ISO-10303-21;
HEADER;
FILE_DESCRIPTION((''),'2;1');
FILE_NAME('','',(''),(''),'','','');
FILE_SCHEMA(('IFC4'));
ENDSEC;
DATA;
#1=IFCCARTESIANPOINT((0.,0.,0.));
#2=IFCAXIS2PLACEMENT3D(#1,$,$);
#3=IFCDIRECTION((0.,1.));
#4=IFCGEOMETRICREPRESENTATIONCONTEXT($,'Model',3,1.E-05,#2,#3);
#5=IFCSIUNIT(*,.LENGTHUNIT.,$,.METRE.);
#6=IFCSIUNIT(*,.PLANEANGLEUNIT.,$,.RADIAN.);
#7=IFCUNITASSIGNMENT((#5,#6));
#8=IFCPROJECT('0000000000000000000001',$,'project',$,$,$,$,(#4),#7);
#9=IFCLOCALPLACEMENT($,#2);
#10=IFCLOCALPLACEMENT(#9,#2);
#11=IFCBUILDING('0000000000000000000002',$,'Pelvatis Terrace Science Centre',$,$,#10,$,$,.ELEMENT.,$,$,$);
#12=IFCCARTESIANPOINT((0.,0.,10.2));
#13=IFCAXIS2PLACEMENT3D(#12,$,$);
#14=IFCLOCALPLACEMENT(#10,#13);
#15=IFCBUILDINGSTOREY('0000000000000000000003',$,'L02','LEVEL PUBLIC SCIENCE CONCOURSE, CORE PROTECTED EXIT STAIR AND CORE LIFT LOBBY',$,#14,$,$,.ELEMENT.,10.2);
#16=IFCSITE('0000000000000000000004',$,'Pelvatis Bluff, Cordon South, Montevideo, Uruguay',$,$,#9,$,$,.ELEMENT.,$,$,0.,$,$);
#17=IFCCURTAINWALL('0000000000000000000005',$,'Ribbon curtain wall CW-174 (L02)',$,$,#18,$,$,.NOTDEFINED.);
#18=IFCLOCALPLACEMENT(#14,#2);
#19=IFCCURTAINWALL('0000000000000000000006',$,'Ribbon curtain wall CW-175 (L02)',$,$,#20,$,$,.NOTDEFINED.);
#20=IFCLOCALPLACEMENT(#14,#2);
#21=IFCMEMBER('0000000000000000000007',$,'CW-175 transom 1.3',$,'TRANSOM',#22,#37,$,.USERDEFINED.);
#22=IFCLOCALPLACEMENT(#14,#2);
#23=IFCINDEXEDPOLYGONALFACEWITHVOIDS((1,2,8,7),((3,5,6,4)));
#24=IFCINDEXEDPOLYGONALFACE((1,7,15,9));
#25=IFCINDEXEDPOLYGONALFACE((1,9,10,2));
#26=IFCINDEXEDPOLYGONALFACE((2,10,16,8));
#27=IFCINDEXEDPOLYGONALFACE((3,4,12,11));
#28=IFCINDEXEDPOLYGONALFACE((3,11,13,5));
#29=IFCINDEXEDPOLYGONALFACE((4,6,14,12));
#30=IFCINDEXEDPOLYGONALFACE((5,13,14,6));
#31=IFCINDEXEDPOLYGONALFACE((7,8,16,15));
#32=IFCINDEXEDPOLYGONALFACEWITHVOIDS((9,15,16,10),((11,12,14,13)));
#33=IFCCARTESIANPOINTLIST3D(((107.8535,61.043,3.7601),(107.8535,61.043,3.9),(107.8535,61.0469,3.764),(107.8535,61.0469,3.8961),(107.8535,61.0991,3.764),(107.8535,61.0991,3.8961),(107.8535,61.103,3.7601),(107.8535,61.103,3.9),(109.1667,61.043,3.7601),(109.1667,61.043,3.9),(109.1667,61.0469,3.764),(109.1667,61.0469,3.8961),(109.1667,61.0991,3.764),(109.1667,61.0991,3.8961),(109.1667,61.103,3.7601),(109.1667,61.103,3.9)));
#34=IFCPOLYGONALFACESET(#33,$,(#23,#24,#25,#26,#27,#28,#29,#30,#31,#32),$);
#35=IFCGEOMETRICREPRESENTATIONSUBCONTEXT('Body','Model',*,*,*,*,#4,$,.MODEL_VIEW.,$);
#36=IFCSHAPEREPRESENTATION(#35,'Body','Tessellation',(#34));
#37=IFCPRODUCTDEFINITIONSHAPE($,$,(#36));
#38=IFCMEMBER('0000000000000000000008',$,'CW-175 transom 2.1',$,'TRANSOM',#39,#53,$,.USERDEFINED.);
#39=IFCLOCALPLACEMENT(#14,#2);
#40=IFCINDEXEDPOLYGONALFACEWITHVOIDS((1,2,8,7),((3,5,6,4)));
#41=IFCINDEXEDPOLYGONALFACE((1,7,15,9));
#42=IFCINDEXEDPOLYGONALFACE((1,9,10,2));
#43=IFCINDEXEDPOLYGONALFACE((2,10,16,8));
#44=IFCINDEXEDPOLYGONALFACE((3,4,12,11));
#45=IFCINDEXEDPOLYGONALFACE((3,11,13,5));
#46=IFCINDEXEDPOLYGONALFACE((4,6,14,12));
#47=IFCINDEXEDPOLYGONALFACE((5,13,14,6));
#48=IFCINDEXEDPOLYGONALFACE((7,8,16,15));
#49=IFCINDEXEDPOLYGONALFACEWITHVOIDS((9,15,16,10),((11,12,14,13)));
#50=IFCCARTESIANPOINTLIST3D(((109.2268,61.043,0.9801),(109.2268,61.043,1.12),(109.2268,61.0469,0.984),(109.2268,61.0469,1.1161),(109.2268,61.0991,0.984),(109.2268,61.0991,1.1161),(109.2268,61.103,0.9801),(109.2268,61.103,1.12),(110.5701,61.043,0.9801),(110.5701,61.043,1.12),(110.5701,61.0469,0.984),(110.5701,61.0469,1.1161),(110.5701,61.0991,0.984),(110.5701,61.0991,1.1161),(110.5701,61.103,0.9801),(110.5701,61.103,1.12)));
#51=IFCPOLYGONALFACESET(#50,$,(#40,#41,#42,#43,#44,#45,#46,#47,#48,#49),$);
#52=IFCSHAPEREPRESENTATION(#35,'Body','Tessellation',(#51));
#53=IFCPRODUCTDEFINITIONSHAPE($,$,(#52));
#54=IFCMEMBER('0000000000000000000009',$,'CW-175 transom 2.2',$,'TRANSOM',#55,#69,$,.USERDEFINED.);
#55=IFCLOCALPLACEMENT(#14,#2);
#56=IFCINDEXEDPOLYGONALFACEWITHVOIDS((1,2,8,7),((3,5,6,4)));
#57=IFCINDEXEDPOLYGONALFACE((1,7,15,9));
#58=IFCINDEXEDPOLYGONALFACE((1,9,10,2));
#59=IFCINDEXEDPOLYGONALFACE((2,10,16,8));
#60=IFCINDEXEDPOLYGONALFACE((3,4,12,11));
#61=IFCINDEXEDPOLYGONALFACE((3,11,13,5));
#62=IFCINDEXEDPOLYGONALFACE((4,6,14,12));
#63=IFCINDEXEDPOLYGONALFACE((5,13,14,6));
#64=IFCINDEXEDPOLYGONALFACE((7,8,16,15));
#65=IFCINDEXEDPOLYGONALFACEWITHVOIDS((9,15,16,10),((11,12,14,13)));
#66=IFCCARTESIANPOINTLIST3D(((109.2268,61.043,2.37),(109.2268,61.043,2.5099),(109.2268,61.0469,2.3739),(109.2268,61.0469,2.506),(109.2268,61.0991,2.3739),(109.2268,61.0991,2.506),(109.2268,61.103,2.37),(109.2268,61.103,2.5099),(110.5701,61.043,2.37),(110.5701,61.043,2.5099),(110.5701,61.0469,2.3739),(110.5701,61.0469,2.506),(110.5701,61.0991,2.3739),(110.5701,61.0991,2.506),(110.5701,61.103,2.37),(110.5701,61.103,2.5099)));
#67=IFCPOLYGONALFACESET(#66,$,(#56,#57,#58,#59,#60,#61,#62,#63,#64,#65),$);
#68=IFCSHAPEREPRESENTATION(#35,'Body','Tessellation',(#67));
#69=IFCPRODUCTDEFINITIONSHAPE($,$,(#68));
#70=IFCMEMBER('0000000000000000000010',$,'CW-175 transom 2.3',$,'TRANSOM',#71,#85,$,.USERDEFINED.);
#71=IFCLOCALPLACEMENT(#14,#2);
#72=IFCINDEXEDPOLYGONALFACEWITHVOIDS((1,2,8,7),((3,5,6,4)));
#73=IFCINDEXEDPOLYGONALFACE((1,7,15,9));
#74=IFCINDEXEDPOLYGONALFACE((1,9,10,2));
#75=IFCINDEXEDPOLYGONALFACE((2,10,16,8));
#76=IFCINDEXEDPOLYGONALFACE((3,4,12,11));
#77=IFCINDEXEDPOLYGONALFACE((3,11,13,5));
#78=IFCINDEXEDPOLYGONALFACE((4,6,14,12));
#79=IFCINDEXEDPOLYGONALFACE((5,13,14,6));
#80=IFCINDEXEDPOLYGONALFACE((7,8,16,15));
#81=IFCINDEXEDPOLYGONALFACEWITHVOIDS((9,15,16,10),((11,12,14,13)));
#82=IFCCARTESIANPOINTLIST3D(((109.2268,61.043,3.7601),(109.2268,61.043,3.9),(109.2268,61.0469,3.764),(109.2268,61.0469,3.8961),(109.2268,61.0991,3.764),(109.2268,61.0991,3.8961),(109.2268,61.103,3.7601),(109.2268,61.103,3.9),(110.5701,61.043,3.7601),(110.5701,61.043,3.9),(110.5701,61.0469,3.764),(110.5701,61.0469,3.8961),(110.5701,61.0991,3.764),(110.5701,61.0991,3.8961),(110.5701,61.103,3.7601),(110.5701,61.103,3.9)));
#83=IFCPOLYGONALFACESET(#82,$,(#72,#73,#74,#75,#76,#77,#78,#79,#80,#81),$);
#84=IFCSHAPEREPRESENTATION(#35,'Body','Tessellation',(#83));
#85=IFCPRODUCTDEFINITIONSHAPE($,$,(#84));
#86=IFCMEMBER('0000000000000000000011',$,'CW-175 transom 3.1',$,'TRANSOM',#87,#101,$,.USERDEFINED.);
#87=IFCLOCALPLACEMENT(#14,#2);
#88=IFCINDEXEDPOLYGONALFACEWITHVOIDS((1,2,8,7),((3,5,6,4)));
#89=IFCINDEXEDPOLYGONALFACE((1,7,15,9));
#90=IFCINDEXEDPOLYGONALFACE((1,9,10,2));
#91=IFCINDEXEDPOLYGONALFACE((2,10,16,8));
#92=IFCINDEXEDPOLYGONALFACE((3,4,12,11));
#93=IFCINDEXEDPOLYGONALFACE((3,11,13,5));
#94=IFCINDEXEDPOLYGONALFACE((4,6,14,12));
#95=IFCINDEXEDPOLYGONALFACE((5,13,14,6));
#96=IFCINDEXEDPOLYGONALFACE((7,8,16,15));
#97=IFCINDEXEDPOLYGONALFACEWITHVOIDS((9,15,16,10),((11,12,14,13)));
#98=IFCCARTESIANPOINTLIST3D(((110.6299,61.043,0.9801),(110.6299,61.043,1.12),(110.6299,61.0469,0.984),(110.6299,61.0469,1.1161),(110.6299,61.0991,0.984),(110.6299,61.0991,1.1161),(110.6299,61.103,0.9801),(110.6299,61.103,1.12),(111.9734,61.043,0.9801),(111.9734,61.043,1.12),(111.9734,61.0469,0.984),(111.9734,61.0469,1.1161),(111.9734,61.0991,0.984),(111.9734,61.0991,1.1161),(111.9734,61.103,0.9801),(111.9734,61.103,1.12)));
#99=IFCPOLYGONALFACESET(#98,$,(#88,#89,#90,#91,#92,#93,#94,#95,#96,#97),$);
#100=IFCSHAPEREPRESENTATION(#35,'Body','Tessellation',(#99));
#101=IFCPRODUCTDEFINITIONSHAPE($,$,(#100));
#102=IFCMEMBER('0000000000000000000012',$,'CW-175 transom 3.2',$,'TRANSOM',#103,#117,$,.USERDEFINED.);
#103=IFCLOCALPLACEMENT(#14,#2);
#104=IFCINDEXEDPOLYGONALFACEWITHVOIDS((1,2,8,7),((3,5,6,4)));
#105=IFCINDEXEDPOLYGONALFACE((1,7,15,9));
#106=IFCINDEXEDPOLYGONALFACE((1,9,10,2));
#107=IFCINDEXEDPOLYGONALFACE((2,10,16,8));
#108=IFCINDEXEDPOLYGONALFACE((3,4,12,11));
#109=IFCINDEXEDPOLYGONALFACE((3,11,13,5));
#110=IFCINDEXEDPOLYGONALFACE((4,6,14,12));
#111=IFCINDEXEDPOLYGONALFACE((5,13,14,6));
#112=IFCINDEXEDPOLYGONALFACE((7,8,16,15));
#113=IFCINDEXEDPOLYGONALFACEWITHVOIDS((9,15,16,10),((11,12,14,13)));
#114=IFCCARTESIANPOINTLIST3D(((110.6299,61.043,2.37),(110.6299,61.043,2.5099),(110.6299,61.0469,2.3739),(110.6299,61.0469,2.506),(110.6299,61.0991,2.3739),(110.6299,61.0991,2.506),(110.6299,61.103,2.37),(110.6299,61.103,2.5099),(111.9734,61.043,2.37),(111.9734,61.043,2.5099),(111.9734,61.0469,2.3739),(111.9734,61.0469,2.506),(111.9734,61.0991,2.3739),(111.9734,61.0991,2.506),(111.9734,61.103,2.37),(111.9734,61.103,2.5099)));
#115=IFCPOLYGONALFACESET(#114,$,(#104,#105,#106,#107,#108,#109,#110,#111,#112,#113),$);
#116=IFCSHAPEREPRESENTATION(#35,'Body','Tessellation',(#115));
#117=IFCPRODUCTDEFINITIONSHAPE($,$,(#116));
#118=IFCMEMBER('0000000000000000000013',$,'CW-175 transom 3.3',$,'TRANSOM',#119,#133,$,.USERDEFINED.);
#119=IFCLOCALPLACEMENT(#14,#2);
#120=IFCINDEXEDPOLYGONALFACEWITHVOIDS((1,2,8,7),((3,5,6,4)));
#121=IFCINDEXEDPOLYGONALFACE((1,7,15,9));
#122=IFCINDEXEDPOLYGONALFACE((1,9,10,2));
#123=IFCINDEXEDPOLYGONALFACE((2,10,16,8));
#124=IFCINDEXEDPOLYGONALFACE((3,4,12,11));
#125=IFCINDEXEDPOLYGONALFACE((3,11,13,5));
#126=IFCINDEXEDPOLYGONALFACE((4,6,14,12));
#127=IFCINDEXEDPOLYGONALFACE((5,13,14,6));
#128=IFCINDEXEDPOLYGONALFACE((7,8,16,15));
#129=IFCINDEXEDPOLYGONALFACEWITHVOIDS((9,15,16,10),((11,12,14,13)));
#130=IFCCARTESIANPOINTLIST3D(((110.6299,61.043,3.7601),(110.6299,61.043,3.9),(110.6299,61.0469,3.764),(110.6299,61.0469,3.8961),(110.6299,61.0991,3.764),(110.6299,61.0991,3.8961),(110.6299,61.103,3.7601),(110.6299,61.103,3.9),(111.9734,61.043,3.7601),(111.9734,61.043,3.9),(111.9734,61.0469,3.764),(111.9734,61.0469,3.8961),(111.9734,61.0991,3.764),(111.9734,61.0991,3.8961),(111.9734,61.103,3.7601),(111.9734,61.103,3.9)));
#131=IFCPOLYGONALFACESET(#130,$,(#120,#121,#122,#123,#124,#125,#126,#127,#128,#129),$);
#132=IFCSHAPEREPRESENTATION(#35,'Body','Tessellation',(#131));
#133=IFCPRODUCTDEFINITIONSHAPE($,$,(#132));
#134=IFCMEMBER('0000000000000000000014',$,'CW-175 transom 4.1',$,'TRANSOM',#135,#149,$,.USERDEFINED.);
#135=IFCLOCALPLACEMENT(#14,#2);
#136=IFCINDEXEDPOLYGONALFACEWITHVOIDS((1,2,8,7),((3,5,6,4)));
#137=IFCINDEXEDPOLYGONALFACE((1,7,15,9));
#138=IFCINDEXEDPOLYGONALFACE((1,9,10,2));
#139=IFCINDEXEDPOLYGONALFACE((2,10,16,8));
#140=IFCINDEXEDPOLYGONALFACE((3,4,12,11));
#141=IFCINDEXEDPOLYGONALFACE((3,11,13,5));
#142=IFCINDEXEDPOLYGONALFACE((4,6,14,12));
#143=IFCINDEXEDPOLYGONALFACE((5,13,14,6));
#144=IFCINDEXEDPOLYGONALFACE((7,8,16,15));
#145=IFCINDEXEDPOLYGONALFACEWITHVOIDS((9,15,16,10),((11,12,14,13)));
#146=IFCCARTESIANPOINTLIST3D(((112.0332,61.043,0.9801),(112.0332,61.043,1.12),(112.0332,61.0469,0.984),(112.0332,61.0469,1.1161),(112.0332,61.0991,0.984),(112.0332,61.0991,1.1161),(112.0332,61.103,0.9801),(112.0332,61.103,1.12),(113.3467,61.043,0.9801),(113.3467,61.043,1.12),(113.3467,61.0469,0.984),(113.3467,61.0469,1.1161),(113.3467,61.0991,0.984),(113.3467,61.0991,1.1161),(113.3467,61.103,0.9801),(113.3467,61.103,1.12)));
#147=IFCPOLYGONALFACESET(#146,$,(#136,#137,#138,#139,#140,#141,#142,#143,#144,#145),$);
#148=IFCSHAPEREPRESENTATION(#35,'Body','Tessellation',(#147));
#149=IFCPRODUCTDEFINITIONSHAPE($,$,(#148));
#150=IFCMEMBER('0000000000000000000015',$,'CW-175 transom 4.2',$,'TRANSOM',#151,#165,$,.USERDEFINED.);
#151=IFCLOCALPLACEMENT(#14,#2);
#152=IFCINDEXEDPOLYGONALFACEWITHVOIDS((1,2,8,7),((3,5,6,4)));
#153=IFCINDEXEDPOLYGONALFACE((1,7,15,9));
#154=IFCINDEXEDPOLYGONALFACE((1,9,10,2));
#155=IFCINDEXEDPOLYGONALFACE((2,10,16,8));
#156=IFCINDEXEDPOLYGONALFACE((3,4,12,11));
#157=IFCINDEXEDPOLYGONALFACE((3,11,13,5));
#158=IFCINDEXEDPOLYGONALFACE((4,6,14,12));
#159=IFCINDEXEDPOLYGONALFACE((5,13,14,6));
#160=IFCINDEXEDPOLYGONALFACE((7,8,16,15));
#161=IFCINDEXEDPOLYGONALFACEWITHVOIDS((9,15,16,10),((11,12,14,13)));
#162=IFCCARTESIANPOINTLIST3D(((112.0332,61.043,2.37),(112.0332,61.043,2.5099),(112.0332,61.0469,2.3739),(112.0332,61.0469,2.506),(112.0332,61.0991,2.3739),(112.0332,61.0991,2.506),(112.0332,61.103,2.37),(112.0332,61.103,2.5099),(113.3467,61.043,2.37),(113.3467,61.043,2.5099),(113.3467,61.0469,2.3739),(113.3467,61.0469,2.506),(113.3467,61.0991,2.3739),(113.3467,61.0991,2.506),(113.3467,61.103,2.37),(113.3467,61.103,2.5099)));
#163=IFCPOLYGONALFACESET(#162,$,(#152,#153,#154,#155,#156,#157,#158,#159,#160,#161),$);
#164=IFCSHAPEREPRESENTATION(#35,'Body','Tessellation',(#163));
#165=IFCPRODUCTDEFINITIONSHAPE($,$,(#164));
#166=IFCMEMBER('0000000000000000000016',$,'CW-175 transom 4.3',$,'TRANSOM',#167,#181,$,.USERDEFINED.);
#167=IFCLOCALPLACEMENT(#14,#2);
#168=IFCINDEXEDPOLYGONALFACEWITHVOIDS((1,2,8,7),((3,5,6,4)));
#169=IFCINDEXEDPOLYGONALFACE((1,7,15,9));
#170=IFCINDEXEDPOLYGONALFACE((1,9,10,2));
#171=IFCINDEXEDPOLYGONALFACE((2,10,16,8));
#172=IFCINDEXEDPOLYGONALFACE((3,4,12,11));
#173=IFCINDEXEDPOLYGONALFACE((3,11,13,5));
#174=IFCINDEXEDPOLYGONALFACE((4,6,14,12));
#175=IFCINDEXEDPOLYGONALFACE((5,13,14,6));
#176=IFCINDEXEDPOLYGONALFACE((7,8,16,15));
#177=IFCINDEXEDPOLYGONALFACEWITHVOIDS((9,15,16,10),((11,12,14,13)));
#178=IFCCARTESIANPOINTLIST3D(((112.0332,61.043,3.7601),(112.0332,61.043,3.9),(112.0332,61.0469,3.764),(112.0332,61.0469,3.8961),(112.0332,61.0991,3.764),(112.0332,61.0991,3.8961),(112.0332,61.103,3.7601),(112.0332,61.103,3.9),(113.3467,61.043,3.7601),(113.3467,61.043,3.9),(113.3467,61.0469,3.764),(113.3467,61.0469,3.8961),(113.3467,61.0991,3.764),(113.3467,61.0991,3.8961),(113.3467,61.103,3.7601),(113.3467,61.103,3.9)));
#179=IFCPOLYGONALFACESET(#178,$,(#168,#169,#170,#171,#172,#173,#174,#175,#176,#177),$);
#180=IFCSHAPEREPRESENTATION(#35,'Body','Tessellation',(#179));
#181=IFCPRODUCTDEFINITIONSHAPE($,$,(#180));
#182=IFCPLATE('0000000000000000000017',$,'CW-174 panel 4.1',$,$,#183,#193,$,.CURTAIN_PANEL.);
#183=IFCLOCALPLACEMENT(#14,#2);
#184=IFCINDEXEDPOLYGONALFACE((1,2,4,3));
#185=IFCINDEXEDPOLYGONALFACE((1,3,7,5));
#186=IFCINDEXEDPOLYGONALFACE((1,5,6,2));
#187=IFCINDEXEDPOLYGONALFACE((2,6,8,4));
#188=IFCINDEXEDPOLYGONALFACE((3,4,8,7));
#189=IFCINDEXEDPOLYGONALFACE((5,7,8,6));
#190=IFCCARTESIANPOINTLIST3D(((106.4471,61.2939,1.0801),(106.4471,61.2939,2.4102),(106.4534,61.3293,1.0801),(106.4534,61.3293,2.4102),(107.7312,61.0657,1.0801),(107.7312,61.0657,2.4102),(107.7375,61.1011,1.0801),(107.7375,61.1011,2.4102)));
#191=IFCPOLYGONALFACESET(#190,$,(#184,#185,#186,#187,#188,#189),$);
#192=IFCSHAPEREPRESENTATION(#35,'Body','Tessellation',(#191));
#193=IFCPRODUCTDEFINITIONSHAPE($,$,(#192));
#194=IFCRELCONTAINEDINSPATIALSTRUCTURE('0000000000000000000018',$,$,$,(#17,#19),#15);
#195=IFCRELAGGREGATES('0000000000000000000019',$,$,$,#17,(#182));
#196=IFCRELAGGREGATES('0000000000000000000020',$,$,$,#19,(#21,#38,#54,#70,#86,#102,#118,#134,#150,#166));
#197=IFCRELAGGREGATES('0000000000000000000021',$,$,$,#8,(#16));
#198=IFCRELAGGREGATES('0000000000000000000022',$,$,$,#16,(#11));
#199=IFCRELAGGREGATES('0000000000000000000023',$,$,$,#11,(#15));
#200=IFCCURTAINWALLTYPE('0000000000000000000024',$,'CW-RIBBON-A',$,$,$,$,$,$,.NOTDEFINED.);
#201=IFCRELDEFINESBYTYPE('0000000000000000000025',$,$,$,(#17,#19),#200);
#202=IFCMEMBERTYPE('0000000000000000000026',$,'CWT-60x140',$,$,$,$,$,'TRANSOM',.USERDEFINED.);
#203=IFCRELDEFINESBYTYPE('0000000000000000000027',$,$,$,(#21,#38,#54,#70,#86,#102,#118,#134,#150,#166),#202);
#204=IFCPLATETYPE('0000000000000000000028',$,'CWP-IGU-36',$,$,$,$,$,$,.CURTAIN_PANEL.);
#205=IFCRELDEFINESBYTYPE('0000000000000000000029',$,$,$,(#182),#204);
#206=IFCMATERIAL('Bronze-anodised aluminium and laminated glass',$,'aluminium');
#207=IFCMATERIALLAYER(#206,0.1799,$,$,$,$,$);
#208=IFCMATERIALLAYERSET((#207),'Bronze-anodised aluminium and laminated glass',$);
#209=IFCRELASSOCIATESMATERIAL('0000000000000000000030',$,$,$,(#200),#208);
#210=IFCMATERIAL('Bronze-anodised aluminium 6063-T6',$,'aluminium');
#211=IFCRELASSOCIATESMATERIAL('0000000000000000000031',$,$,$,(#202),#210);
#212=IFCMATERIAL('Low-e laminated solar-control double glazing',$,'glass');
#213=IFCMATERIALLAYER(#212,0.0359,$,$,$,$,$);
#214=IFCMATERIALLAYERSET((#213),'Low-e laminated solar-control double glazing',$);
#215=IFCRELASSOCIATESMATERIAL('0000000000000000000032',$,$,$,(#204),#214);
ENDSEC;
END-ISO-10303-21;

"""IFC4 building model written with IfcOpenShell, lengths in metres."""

from ifc_helpers import new_model, si_unit, direction, frame, origin, origin_2d, place, context, subcontext, project, spatial, rectangle, hollow_rectangle, extrude, material, layer, layer_set, material_profile, profile_set, type_object, element, aggregate, save


model = new_model("IFC4")

# Units and contexts
model_context = context("Model", 3, precision=1e-05, world=origin(), true_north=direction((0.0, 1.0)))
body_context = subcontext(model_context, "Body", "Model", "MODEL_VIEW")
ifc_project = project(units=[si_unit("LENGTHUNIT", "METRE"), si_unit("PLANEANGLEUNIT", "RADIAN")], contexts=[model_context])

# Site, building, storey
site_placement = place(None, origin())
site = spatial("IfcSite", under=ifc_project, at=site_placement, Name="Pelvatis Bluff, Cordon South, Montevideo, Uruguay", CompositionType="ELEMENT", RefElevation=0.0)
building_placement = place(site_placement, origin())
building = spatial("IfcBuilding", under=site, at=building_placement, Name="Pelvatis Terrace Science Centre", CompositionType="ELEMENT")
storey_placement = place(building_placement, frame((0.0, 0.0, 10.2)))
storey = spatial("IfcBuildingStorey", under=building, at=storey_placement, Name="L02", Description="LEVEL PUBLIC SCIENCE CONCOURSE, CORE PROTECTED EXIT STAIR AND CORE LIFT LOBBY", CompositionType="ELEMENT", Elevation=10.2)

# Curtain wall
ifc_material_1 = material(Name="Bronze-anodised aluminium and laminated glass", Category="aluminium")
ifc_layer_1 = layer(ifc_material_1, 0.1799)
ifc_layer_set_1 = layer_set([ifc_layer_1], Name="Bronze-anodised aluminium and laminated glass")
curtain_wall_type = type_object("IfcCurtainWallType", Name="CW-RIBBON-A", PredefinedType="NOTDEFINED", material=ifc_layer_set_1)
curtain_wall_1_placement = place(storey_placement, origin())
curtain_wall_1 = element("IfcCurtainWall", 1, at=curtain_wall_1_placement, inside=storey, type_object=curtain_wall_type, Name="Ribbon curtain wall CW-174 (L02)", PredefinedType="NOTDEFINED")

# Curtain wall
curtain_wall_2_placement = place(storey_placement, origin())
curtain_wall_2 = element("IfcCurtainWall", 2, at=curtain_wall_2_placement, inside=storey, type_object=curtain_wall_type, Name="Ribbon curtain wall CW-175 (L02)", PredefinedType="NOTDEFINED")

# Members
ifc_material_2 = material(Name="Bronze-anodised aluminium 6063-T6", Category="aluminium")
ifc_material_profile_1 = material_profile(ifc_material_2, hollow_rectangle(XDim=0.0601, YDim=0.1399, WallThickness=0.0039, at=origin_2d()), Name="ALU-TRN 60x140")
ifc_profile_set_1 = profile_set([ifc_material_profile_1], Name="Bronze-anodised aluminium 6063-T6")
member_type_1 = type_object("IfcMemberType", Name="CWT-60x140", ElementType="TRANSOM", PredefinedType="USERDEFINED", material=ifc_profile_set_1)
member_1_placement = place(storey_placement, frame((107.8535, 61.073, 3.8301), z_axis=(1.0, 0.0, 0.0), x_axis=(0.0, 1.0, 0.0)))
member_1 = element("IfcMember", 3, at=member_1_placement, type_object=member_type_1, Name="CW-175 transom 1.3", ObjectType="TRANSOM", PredefinedType="USERDEFINED", context=body_context, shape_type="SweptSolid", body=[
    extrude(hollow_rectangle(XDim=0.0601, YDim=0.1399, WallThickness=0.0039, at=origin_2d()), origin(), (0.0, 0.0, 1.0), 1.3132),
])
member_2_placement = place(storey_placement, frame((109.2268, 61.073, 1.05), z_axis=(1.0, 0.0, 0.0), x_axis=(0.0, 1.0, 0.0)))
member_2 = element("IfcMember", 4, at=member_2_placement, type_object=member_type_1, Name="CW-175 transom 2.1", ObjectType="TRANSOM", PredefinedType="USERDEFINED", context=body_context, shape_type="SweptSolid", body=[
    extrude(hollow_rectangle(XDim=0.0601, YDim=0.1399, WallThickness=0.0039, at=origin_2d()), origin(), (0.0, 0.0, 1.0), 1.3433),
])
member_3_placement = place(storey_placement, frame((109.2268, 61.073, 2.4399), z_axis=(1.0, 0.0, 0.0), x_axis=(0.0, 1.0, 0.0)))
member_3 = element("IfcMember", 5, at=member_3_placement, type_object=member_type_1, Name="CW-175 transom 2.2", ObjectType="TRANSOM", PredefinedType="USERDEFINED", context=body_context, shape_type="SweptSolid", body=[
    extrude(hollow_rectangle(XDim=0.0601, YDim=0.1399, WallThickness=0.0039, at=origin_2d()), origin(), (0.0, 0.0, 1.0), 1.3433),
])
member_4_placement = place(storey_placement, frame((109.2268, 61.073, 3.8301), z_axis=(1.0, 0.0, 0.0), x_axis=(0.0, 1.0, 0.0)))
member_4 = element("IfcMember", 6, at=member_4_placement, type_object=member_type_1, Name="CW-175 transom 2.3", ObjectType="TRANSOM", PredefinedType="USERDEFINED", context=body_context, shape_type="SweptSolid", body=[
    extrude(hollow_rectangle(XDim=0.0601, YDim=0.1399, WallThickness=0.0039, at=origin_2d()), origin(), (0.0, 0.0, 1.0), 1.3433),
])
member_5_placement = place(storey_placement, frame((110.6299, 61.073, 1.05), z_axis=(1.0, 0.0, 0.0), x_axis=(0.0, 1.0, 0.0)))
member_5 = element("IfcMember", 7, at=member_5_placement, type_object=member_type_1, Name="CW-175 transom 3.1", ObjectType="TRANSOM", PredefinedType="USERDEFINED", context=body_context, shape_type="SweptSolid", body=[
    extrude(hollow_rectangle(XDim=0.0601, YDim=0.1399, WallThickness=0.0039, at=origin_2d()), origin(), (0.0, 0.0, 1.0), 1.3435),
])
member_6_placement = place(storey_placement, frame((110.6299, 61.073, 2.4399), z_axis=(1.0, 0.0, 0.0), x_axis=(0.0, 1.0, 0.0)))
member_6 = element("IfcMember", 8, at=member_6_placement, type_object=member_type_1, Name="CW-175 transom 3.2", ObjectType="TRANSOM", PredefinedType="USERDEFINED", context=body_context, shape_type="SweptSolid", body=[
    extrude(hollow_rectangle(XDim=0.0601, YDim=0.1399, WallThickness=0.0039, at=origin_2d()), origin(), (0.0, 0.0, 1.0), 1.3435),
])
member_7_placement = place(storey_placement, frame((110.6299, 61.073, 3.8301), z_axis=(1.0, 0.0, 0.0), x_axis=(0.0, 1.0, 0.0)))
member_7 = element("IfcMember", 9, at=member_7_placement, type_object=member_type_1, Name="CW-175 transom 3.3", ObjectType="TRANSOM", PredefinedType="USERDEFINED", context=body_context, shape_type="SweptSolid", body=[
    extrude(hollow_rectangle(XDim=0.0601, YDim=0.1399, WallThickness=0.0039, at=origin_2d()), origin(), (0.0, 0.0, 1.0), 1.3435),
])
member_8_placement = place(storey_placement, frame((112.0332, 61.073, 1.05), z_axis=(1.0, 0.0, 0.0), x_axis=(0.0, 1.0, 0.0)))
member_8 = element("IfcMember", 10, at=member_8_placement, type_object=member_type_1, Name="CW-175 transom 4.1", ObjectType="TRANSOM", PredefinedType="USERDEFINED", context=body_context, shape_type="SweptSolid", body=[
    extrude(hollow_rectangle(XDim=0.0601, YDim=0.1399, WallThickness=0.0039, at=origin_2d()), origin(), (0.0, 0.0, 1.0), 1.3135),
])
member_9_placement = place(storey_placement, frame((112.0332, 61.073, 2.4399), z_axis=(1.0, 0.0, 0.0), x_axis=(0.0, 1.0, 0.0)))
member_9 = element("IfcMember", 11, at=member_9_placement, type_object=member_type_1, Name="CW-175 transom 4.2", ObjectType="TRANSOM", PredefinedType="USERDEFINED", context=body_context, shape_type="SweptSolid", body=[
    extrude(hollow_rectangle(XDim=0.0601, YDim=0.1399, WallThickness=0.0039, at=origin_2d()), origin(), (0.0, 0.0, 1.0), 1.3135),
])
member_10_placement = place(storey_placement, frame((112.0332, 61.073, 3.8301), z_axis=(1.0, 0.0, 0.0), x_axis=(0.0, 1.0, 0.0)))
member_10 = element("IfcMember", 12, at=member_10_placement, type_object=member_type_1, Name="CW-175 transom 4.3", ObjectType="TRANSOM", PredefinedType="USERDEFINED", context=body_context, shape_type="SweptSolid", body=[
    extrude(hollow_rectangle(XDim=0.0601, YDim=0.1399, WallThickness=0.0039, at=origin_2d()), origin(), (0.0, 0.0, 1.0), 1.3135),
])

# Plate
ifc_material_3 = material(Name="Low-e laminated solar-control double glazing", Category="glass")
ifc_layer_2 = layer(ifc_material_3, 0.0359)
ifc_layer_set_2 = layer_set([ifc_layer_2], Name="Low-e laminated solar-control double glazing")
plate_type = type_object("IfcPlateType", Name="CWP-IGU-36", PredefinedType="CURTAIN_PANEL", material=ifc_layer_set_2)
plate_1_placement = place(storey_placement, frame((107.0923, 61.1975, 1.0801), z_axis=(0.0, 0.0, 1.0), x_axis=(0.984571, -0.174983, 0.0)))
plate_1 = element("IfcPlate", 13, at=plate_1_placement, type_object=plate_type, Name="CW-174 panel 4.1", PredefinedType="CURTAIN_PANEL", context=body_context, shape_type="SweptSolid", body=[
    extrude(rectangle(XDim=1.3042, YDim=0.0359, at=origin_2d()), origin(), (0.0, 0.0, 1.0), 1.3301),
])
aggregate(curtain_wall_1, [plate_1])
aggregate(curtain_wall_2, [member_1, member_2, member_3, member_4, member_5, member_6, member_7, member_8, member_9, member_10])

save(model, "model.ifc")
